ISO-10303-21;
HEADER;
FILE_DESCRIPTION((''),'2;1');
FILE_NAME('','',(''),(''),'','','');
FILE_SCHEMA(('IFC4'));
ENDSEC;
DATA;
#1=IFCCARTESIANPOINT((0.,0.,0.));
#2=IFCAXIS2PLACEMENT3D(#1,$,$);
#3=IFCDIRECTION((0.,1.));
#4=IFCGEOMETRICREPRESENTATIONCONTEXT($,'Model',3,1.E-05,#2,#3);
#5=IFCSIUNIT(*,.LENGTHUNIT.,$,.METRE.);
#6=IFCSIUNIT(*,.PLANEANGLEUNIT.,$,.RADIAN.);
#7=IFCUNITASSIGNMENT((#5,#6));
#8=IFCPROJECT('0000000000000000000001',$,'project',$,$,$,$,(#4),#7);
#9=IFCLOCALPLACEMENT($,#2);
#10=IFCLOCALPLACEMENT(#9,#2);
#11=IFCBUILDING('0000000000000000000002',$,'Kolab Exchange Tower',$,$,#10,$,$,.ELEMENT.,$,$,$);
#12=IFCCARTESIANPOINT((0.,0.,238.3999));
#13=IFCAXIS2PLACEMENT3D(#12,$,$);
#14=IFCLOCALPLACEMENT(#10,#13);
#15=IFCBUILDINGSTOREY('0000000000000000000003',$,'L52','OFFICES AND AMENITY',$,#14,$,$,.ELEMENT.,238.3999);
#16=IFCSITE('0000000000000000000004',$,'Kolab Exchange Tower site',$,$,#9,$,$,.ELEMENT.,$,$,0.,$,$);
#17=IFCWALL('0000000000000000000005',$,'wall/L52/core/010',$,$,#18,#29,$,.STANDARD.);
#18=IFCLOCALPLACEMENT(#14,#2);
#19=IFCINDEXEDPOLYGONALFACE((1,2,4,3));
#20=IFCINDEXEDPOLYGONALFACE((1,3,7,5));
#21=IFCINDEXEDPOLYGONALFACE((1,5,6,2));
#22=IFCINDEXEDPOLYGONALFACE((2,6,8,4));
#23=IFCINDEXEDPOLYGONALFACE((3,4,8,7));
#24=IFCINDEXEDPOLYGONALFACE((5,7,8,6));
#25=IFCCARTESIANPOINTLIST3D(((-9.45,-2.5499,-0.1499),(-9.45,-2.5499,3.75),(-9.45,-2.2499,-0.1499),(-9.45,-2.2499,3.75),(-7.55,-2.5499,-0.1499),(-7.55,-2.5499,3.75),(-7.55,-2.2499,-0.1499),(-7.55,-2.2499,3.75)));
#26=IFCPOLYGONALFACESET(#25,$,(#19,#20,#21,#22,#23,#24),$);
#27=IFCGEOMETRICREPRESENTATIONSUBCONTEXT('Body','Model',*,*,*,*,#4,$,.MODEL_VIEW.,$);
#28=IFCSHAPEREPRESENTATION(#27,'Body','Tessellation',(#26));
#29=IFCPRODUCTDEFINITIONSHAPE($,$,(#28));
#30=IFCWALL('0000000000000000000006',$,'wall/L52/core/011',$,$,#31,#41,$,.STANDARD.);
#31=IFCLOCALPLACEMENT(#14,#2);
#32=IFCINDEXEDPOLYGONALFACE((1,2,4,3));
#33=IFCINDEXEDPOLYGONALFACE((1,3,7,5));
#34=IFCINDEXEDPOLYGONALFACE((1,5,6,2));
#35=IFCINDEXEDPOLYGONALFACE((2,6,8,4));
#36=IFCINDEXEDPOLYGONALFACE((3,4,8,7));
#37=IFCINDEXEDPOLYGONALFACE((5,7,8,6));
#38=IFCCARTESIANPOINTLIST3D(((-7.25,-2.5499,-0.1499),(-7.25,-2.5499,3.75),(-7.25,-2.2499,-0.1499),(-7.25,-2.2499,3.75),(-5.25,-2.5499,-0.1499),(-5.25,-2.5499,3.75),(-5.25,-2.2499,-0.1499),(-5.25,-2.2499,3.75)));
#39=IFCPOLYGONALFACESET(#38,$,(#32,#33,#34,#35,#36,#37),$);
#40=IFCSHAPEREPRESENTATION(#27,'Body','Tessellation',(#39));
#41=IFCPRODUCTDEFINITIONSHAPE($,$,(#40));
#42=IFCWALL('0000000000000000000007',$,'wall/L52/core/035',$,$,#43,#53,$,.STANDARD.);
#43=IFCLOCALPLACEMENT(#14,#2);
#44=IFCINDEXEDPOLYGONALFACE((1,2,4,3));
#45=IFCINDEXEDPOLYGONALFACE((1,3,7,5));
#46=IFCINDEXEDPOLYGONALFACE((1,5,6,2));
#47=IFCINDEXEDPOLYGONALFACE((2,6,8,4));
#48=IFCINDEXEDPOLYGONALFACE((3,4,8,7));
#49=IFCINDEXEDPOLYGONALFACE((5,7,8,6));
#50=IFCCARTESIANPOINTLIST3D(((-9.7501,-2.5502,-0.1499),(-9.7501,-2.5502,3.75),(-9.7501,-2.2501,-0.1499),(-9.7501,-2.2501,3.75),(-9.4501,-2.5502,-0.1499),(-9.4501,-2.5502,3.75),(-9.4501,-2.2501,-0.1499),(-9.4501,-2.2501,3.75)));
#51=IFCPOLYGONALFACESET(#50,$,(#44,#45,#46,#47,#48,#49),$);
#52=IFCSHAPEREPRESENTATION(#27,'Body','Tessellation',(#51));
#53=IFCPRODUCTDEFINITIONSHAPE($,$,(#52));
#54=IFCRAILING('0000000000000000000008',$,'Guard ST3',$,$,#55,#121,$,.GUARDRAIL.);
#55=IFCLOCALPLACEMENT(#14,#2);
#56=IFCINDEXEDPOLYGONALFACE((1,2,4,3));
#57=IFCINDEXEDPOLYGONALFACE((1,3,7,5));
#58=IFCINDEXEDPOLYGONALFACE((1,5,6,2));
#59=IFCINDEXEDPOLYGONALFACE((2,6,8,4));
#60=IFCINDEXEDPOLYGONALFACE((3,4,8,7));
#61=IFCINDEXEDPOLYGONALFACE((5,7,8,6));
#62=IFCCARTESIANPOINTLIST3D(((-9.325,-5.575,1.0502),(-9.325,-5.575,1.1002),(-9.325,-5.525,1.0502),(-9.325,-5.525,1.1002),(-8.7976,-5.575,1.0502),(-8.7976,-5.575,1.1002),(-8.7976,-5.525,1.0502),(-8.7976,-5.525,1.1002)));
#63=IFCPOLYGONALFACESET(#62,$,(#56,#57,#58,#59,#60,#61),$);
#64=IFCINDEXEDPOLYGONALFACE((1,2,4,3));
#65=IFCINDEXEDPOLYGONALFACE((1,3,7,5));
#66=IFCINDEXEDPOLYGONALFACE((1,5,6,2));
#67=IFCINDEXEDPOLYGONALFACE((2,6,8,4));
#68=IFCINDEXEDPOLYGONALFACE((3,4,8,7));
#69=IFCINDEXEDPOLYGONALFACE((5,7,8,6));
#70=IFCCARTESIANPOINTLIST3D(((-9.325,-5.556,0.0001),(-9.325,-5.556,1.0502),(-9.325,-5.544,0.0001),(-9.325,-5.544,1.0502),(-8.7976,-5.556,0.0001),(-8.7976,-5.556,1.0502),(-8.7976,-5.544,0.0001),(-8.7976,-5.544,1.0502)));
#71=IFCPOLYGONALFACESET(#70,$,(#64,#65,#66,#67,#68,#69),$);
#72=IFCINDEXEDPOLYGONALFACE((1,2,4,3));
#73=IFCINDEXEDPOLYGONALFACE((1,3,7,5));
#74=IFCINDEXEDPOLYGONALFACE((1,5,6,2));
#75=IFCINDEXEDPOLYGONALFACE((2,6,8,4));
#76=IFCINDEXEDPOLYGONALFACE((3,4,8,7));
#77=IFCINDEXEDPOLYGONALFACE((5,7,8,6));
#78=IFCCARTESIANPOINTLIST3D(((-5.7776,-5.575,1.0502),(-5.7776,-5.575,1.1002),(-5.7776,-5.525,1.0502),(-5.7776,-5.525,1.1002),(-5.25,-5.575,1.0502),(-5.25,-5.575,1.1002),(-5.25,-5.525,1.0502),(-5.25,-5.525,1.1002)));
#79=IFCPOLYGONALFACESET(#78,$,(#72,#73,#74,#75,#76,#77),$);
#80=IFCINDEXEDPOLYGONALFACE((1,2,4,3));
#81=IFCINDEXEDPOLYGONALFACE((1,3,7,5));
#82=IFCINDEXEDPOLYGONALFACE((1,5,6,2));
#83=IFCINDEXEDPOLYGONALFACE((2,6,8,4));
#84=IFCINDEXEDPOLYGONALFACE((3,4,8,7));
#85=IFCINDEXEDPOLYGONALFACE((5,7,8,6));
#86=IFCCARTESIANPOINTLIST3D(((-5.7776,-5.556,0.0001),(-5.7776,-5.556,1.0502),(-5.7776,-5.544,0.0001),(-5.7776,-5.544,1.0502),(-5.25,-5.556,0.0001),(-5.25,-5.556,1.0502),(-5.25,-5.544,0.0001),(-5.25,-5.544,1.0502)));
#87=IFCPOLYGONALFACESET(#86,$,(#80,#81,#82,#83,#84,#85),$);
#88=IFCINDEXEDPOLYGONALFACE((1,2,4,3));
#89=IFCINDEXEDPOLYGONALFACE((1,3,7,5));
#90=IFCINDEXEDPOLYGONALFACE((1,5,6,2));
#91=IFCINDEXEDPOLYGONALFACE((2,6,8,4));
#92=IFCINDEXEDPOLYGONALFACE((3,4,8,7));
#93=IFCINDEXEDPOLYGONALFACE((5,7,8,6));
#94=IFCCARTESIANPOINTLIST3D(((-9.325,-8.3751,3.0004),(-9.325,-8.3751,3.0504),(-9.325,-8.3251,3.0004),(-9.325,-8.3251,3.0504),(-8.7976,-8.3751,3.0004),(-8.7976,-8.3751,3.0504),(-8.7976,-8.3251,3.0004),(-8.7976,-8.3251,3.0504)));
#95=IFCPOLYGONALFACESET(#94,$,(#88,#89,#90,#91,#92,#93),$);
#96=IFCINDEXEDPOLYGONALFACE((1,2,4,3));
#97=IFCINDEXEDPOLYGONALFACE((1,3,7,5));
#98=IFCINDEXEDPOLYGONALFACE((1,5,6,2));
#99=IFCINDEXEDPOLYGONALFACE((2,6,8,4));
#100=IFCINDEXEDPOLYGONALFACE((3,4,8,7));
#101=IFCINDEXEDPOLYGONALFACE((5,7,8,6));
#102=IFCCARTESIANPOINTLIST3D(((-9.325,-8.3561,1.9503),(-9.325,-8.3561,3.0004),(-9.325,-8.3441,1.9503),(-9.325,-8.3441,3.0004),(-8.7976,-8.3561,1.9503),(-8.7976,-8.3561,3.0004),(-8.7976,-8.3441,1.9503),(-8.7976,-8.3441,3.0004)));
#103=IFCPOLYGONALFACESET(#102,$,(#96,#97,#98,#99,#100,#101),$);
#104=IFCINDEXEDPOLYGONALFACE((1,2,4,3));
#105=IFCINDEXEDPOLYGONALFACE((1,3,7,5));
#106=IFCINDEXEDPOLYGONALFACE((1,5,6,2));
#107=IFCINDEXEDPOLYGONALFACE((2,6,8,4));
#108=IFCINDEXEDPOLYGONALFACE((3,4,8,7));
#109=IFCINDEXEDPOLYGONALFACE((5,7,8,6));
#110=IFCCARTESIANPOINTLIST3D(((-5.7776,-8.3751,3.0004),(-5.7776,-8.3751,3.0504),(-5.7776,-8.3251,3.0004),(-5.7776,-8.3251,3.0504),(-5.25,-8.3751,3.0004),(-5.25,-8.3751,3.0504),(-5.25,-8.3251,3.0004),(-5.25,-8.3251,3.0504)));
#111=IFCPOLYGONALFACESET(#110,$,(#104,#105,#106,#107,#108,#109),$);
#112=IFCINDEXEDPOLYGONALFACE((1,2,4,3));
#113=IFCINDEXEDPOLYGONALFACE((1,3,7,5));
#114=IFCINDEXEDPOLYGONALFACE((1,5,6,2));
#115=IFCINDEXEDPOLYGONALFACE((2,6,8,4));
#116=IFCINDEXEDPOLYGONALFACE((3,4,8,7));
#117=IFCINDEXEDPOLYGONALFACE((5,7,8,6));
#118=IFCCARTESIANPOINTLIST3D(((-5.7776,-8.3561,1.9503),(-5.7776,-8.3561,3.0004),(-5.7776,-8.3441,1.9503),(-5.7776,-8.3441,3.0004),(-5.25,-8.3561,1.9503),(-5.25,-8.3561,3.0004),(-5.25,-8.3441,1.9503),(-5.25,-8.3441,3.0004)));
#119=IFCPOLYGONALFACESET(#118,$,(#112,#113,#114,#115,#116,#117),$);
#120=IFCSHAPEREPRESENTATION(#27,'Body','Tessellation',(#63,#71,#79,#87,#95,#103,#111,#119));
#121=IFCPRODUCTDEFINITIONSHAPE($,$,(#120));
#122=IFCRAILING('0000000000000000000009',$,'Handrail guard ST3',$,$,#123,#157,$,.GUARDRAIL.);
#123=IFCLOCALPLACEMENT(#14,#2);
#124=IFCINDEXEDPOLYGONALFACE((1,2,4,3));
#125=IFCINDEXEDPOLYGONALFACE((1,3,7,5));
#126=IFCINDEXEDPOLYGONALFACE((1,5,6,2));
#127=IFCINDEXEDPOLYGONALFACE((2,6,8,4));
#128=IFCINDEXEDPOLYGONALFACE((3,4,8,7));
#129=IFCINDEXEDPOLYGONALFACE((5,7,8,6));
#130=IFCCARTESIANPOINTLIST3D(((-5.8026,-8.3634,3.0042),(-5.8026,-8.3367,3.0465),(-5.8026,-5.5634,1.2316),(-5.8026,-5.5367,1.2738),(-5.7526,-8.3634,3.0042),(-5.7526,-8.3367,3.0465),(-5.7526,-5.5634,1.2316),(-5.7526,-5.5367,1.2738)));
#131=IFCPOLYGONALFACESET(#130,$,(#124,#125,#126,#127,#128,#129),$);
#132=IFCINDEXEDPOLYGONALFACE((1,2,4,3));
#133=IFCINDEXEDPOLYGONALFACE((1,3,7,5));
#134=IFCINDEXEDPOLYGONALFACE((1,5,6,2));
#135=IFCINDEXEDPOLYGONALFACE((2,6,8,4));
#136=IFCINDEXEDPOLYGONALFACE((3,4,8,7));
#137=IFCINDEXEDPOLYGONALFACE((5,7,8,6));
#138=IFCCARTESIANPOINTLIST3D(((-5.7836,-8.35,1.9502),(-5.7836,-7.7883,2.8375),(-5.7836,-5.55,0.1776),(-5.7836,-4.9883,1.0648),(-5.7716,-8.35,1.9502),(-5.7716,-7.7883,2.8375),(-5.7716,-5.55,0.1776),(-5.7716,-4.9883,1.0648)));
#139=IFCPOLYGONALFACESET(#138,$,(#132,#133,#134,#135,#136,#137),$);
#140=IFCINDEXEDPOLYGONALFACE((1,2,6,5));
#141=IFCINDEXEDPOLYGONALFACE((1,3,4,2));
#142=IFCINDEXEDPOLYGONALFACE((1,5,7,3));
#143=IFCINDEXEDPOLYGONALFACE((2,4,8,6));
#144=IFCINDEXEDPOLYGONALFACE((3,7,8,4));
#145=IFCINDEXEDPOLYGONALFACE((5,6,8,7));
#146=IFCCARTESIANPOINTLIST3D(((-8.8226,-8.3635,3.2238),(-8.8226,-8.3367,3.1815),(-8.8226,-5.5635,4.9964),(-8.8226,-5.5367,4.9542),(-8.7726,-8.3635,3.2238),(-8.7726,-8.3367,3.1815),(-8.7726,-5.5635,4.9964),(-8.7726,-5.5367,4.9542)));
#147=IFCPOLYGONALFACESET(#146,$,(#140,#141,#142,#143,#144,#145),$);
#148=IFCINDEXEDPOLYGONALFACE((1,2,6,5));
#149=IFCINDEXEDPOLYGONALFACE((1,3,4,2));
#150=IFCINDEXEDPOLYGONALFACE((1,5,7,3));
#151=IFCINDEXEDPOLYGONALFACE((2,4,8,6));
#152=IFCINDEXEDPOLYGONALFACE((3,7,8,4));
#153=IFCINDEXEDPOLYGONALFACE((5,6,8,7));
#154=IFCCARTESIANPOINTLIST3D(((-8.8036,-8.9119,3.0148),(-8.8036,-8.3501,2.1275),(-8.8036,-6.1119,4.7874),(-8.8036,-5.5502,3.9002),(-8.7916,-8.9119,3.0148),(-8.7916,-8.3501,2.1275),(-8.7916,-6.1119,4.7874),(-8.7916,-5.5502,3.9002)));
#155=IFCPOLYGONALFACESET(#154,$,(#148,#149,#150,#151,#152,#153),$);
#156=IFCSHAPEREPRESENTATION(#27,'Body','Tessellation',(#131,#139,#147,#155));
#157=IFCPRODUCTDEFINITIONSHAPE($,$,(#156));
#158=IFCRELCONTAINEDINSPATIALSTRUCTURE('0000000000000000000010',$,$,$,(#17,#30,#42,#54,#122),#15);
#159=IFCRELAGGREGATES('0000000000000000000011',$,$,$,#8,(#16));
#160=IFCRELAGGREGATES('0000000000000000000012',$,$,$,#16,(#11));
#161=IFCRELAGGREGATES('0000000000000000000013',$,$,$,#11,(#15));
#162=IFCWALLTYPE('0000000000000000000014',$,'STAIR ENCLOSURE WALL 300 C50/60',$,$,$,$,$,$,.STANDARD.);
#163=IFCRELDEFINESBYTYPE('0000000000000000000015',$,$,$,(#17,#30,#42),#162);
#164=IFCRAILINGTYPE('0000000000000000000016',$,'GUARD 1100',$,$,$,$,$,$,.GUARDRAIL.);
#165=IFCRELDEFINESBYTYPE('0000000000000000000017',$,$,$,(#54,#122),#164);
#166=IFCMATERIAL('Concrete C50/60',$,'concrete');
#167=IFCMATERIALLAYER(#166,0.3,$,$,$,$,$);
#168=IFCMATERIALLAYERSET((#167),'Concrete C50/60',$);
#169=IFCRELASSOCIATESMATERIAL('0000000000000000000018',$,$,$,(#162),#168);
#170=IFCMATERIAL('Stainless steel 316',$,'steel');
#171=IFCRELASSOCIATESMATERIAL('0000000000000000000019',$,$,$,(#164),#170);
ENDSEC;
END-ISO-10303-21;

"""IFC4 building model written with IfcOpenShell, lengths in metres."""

from ifc_helpers import new_model, si_unit, direction, frame, frame_2d, origin, origin_2d, place, context, subcontext, project, spatial, rectangle, extrude, material, layer, layer_set, type_object, element, save


model = new_model("IFC4")

# Units and contexts
model_context = context("Model", 3, precision=1e-05, world=origin(), true_north=direction((0.0, 1.0)))
body_context = subcontext(model_context, "Body", "Model", "MODEL_VIEW")
ifc_project = project(units=[si_unit("LENGTHUNIT", "METRE"), si_unit("PLANEANGLEUNIT", "RADIAN")], contexts=[model_context])

# Site, building, storey
site_placement = place(None, origin())
site = spatial("IfcSite", under=ifc_project, at=site_placement, Name="Kolab Exchange Tower site", CompositionType="ELEMENT", RefElevation=0.0)
building_placement = place(site_placement, origin())
building = spatial("IfcBuilding", under=site, at=building_placement, Name="Kolab Exchange Tower", CompositionType="ELEMENT")
storey_placement = place(building_placement, frame((0.0, 0.0, 238.3999)))
storey = spatial("IfcBuildingStorey", under=building, at=storey_placement, Name="L52", Description="OFFICES AND AMENITY", CompositionType="ELEMENT", Elevation=238.3999)

# Shared definitions
ifc_material_1 = material(Name="Concrete C50/60", Category="concrete")
ifc_material_2 = material(Name="Stainless steel 316", Category="steel")

# Walls
ifc_layer_1 = layer(ifc_material_1, 0.3)
ifc_layer_set_1 = layer_set([ifc_layer_1], Name="Concrete C50/60")
wall_type_1 = type_object("IfcWallType", Name="STAIR ENCLOSURE WALL 300 C50/60", PredefinedType="STANDARD", material=ifc_layer_set_1)
wall_1_placement = place(storey_placement, frame((-9.45, -2.3999, -0.1499), z_axis=(0.0, 0.0, 1.0), x_axis=(1.0, 0.0, 0.0)))
element("IfcWall", 1, at=wall_1_placement, inside=storey, type_object=wall_type_1, Name="wall/L52/core/010", PredefinedType="STANDARD", context=body_context, shape_type="SweptSolid", body=[
    extrude(rectangle(XDim=1.8999, YDim=0.3, at=frame_2d((0.95, 0.0))), origin(), (0.0, 0.0, 1.0), 3.8999),
])
wall_2_placement = place(storey_placement, frame((-7.25, -2.3999, -0.1499), z_axis=(0.0, 0.0, 1.0), x_axis=(1.0, 0.0, 0.0)))
element("IfcWall", 2, at=wall_2_placement, inside=storey, type_object=wall_type_1, Name="wall/L52/core/011", PredefinedType="STANDARD", context=body_context, shape_type="SweptSolid", body=[
    extrude(rectangle(XDim=2.0, YDim=0.3, at=frame_2d((1.0, 0.0))), origin(), (0.0, 0.0, 1.0), 3.8999),
])
wall_3_placement = place(storey_placement, frame((-9.6001, -2.55, -0.1499), z_axis=(0.0, 0.0, 1.0), x_axis=(0.0, 1.0, 0.0)))
element("IfcWall", 3, at=wall_3_placement, inside=storey, type_object=wall_type_1, Name="wall/L52/core/035", PredefinedType="STANDARD", context=body_context, shape_type="SweptSolid", body=[
    extrude(rectangle(XDim=0.3, YDim=0.3, at=frame_2d((0.1499, 0.0))), origin(), (0.0, 0.0, 1.0), 3.8999),
])

# Railings
railing_type = type_object("IfcRailingType", Name="GUARD 1100", PredefinedType="GUARDRAIL", material=ifc_material_2)
railing_1_placement = place(storey_placement, frame((-9.325, -5.55, 0.0)))
element("IfcRailing", 4, at=railing_1_placement, inside=storey, type_object=railing_type, Name="Guard ST3", PredefinedType="GUARDRAIL", context=body_context, shape_type="SweptSolid", body=[
    extrude(rectangle(XDim=0.05, YDim=0.05, at=origin_2d()), frame((0.0, 0.0, 1.0752), z_axis=(1.0, 0.0, 0.0), x_axis=(0.0, 1.0, 0.0)), (0.0, 0.0, 1.0), 0.5273),
    extrude(rectangle(XDim=0.012, YDim=1.0501, at=frame_2d((0.0, 0.5251))), frame((0.0, 0.0, 0.0), z_axis=(1.0, 0.0, 0.0), x_axis=(0.0, 1.0, 0.0)), (0.0, 0.0, 1.0), 0.5273),
    extrude(rectangle(XDim=0.05, YDim=0.05, at=origin_2d()), frame((3.5474, 0.0, 1.0752), z_axis=(1.0, 0.0, 0.0), x_axis=(0.0, 1.0, 0.0)), (0.0, 0.0, 1.0), 0.5276),
    extrude(rectangle(XDim=0.012, YDim=1.0501, at=frame_2d((0.0, 0.5251))), frame((3.5474, 0.0, 0.0), z_axis=(1.0, 0.0, 0.0), x_axis=(0.0, 1.0, 0.0)), (0.0, 0.0, 1.0), 0.5276),
    extrude(rectangle(XDim=0.05, YDim=0.05, at=origin_2d()), frame((0.0, -2.8, 3.0254), z_axis=(1.0, 0.0, 0.0), x_axis=(0.0, 1.0, 0.0)), (0.0, 0.0, 1.0), 0.5273),
    extrude(rectangle(XDim=0.012, YDim=1.0501, at=frame_2d((0.0, 0.5251))), frame((0.0, -2.8, 1.9502), z_axis=(1.0, 0.0, 0.0), x_axis=(0.0, 1.0, 0.0)), (0.0, 0.0, 1.0), 0.5273),
    extrude(rectangle(XDim=0.05, YDim=0.05, at=origin_2d()), frame((3.5474, -2.8, 3.0254), z_axis=(1.0, 0.0, 0.0), x_axis=(0.0, 1.0, 0.0)), (0.0, 0.0, 1.0), 0.5276),
    extrude(rectangle(XDim=0.012, YDim=1.0501, at=frame_2d((0.0, 0.5251))), frame((3.5474, -2.8, 1.9502), z_axis=(1.0, 0.0, 0.0), x_axis=(0.0, 1.0, 0.0)), (0.0, 0.0, 1.0), 0.5276),
])
railing_2_placement = place(storey_placement, frame((-5.7776, -5.55, 0.1775)))
element("IfcRailing", 5, at=railing_2_placement, inside=storey, type_object=railing_type, Name="Handrail guard ST3", PredefinedType="GUARDRAIL", context=body_context, shape_type="SweptSolid", body=[
    extrude(rectangle(XDim=0.05, YDim=0.05, at=origin_2d()), frame((0.0, 0.0, 1.0752), z_axis=(0.0, -0.844909, 0.53491), x_axis=(1.0, 0.0, 0.0)), (0.0, 0.0, 1.0), 3.314),
    extrude(rectangle(XDim=0.012, YDim=1.0501, at=frame_2d((0.0, 0.5251))), frame((0.0, 0.0, 0.0), z_axis=(0.0, -0.844909, 0.53491), x_axis=(1.0, 0.0, 0.0)), (0.0, 0.0, 1.0), 3.314),
    extrude(rectangle(XDim=0.05, YDim=0.05, at=origin_2d()), frame((-3.02, -2.8, 3.0251), z_axis=(0.0, 0.844909, 0.53491), x_axis=(-1.0, 0.0, 0.0)), (0.0, 0.0, 1.0), 3.314),
    extrude(rectangle(XDim=0.012, YDim=1.0501, at=frame_2d((0.0, 0.5251))), frame((-3.02, -2.8, 1.95), z_axis=(0.0, 0.844909, 0.53491), x_axis=(-1.0, 0.0, 0.0)), (0.0, 0.0, 1.0), 3.314),
])

save(model, "model.ifc")
